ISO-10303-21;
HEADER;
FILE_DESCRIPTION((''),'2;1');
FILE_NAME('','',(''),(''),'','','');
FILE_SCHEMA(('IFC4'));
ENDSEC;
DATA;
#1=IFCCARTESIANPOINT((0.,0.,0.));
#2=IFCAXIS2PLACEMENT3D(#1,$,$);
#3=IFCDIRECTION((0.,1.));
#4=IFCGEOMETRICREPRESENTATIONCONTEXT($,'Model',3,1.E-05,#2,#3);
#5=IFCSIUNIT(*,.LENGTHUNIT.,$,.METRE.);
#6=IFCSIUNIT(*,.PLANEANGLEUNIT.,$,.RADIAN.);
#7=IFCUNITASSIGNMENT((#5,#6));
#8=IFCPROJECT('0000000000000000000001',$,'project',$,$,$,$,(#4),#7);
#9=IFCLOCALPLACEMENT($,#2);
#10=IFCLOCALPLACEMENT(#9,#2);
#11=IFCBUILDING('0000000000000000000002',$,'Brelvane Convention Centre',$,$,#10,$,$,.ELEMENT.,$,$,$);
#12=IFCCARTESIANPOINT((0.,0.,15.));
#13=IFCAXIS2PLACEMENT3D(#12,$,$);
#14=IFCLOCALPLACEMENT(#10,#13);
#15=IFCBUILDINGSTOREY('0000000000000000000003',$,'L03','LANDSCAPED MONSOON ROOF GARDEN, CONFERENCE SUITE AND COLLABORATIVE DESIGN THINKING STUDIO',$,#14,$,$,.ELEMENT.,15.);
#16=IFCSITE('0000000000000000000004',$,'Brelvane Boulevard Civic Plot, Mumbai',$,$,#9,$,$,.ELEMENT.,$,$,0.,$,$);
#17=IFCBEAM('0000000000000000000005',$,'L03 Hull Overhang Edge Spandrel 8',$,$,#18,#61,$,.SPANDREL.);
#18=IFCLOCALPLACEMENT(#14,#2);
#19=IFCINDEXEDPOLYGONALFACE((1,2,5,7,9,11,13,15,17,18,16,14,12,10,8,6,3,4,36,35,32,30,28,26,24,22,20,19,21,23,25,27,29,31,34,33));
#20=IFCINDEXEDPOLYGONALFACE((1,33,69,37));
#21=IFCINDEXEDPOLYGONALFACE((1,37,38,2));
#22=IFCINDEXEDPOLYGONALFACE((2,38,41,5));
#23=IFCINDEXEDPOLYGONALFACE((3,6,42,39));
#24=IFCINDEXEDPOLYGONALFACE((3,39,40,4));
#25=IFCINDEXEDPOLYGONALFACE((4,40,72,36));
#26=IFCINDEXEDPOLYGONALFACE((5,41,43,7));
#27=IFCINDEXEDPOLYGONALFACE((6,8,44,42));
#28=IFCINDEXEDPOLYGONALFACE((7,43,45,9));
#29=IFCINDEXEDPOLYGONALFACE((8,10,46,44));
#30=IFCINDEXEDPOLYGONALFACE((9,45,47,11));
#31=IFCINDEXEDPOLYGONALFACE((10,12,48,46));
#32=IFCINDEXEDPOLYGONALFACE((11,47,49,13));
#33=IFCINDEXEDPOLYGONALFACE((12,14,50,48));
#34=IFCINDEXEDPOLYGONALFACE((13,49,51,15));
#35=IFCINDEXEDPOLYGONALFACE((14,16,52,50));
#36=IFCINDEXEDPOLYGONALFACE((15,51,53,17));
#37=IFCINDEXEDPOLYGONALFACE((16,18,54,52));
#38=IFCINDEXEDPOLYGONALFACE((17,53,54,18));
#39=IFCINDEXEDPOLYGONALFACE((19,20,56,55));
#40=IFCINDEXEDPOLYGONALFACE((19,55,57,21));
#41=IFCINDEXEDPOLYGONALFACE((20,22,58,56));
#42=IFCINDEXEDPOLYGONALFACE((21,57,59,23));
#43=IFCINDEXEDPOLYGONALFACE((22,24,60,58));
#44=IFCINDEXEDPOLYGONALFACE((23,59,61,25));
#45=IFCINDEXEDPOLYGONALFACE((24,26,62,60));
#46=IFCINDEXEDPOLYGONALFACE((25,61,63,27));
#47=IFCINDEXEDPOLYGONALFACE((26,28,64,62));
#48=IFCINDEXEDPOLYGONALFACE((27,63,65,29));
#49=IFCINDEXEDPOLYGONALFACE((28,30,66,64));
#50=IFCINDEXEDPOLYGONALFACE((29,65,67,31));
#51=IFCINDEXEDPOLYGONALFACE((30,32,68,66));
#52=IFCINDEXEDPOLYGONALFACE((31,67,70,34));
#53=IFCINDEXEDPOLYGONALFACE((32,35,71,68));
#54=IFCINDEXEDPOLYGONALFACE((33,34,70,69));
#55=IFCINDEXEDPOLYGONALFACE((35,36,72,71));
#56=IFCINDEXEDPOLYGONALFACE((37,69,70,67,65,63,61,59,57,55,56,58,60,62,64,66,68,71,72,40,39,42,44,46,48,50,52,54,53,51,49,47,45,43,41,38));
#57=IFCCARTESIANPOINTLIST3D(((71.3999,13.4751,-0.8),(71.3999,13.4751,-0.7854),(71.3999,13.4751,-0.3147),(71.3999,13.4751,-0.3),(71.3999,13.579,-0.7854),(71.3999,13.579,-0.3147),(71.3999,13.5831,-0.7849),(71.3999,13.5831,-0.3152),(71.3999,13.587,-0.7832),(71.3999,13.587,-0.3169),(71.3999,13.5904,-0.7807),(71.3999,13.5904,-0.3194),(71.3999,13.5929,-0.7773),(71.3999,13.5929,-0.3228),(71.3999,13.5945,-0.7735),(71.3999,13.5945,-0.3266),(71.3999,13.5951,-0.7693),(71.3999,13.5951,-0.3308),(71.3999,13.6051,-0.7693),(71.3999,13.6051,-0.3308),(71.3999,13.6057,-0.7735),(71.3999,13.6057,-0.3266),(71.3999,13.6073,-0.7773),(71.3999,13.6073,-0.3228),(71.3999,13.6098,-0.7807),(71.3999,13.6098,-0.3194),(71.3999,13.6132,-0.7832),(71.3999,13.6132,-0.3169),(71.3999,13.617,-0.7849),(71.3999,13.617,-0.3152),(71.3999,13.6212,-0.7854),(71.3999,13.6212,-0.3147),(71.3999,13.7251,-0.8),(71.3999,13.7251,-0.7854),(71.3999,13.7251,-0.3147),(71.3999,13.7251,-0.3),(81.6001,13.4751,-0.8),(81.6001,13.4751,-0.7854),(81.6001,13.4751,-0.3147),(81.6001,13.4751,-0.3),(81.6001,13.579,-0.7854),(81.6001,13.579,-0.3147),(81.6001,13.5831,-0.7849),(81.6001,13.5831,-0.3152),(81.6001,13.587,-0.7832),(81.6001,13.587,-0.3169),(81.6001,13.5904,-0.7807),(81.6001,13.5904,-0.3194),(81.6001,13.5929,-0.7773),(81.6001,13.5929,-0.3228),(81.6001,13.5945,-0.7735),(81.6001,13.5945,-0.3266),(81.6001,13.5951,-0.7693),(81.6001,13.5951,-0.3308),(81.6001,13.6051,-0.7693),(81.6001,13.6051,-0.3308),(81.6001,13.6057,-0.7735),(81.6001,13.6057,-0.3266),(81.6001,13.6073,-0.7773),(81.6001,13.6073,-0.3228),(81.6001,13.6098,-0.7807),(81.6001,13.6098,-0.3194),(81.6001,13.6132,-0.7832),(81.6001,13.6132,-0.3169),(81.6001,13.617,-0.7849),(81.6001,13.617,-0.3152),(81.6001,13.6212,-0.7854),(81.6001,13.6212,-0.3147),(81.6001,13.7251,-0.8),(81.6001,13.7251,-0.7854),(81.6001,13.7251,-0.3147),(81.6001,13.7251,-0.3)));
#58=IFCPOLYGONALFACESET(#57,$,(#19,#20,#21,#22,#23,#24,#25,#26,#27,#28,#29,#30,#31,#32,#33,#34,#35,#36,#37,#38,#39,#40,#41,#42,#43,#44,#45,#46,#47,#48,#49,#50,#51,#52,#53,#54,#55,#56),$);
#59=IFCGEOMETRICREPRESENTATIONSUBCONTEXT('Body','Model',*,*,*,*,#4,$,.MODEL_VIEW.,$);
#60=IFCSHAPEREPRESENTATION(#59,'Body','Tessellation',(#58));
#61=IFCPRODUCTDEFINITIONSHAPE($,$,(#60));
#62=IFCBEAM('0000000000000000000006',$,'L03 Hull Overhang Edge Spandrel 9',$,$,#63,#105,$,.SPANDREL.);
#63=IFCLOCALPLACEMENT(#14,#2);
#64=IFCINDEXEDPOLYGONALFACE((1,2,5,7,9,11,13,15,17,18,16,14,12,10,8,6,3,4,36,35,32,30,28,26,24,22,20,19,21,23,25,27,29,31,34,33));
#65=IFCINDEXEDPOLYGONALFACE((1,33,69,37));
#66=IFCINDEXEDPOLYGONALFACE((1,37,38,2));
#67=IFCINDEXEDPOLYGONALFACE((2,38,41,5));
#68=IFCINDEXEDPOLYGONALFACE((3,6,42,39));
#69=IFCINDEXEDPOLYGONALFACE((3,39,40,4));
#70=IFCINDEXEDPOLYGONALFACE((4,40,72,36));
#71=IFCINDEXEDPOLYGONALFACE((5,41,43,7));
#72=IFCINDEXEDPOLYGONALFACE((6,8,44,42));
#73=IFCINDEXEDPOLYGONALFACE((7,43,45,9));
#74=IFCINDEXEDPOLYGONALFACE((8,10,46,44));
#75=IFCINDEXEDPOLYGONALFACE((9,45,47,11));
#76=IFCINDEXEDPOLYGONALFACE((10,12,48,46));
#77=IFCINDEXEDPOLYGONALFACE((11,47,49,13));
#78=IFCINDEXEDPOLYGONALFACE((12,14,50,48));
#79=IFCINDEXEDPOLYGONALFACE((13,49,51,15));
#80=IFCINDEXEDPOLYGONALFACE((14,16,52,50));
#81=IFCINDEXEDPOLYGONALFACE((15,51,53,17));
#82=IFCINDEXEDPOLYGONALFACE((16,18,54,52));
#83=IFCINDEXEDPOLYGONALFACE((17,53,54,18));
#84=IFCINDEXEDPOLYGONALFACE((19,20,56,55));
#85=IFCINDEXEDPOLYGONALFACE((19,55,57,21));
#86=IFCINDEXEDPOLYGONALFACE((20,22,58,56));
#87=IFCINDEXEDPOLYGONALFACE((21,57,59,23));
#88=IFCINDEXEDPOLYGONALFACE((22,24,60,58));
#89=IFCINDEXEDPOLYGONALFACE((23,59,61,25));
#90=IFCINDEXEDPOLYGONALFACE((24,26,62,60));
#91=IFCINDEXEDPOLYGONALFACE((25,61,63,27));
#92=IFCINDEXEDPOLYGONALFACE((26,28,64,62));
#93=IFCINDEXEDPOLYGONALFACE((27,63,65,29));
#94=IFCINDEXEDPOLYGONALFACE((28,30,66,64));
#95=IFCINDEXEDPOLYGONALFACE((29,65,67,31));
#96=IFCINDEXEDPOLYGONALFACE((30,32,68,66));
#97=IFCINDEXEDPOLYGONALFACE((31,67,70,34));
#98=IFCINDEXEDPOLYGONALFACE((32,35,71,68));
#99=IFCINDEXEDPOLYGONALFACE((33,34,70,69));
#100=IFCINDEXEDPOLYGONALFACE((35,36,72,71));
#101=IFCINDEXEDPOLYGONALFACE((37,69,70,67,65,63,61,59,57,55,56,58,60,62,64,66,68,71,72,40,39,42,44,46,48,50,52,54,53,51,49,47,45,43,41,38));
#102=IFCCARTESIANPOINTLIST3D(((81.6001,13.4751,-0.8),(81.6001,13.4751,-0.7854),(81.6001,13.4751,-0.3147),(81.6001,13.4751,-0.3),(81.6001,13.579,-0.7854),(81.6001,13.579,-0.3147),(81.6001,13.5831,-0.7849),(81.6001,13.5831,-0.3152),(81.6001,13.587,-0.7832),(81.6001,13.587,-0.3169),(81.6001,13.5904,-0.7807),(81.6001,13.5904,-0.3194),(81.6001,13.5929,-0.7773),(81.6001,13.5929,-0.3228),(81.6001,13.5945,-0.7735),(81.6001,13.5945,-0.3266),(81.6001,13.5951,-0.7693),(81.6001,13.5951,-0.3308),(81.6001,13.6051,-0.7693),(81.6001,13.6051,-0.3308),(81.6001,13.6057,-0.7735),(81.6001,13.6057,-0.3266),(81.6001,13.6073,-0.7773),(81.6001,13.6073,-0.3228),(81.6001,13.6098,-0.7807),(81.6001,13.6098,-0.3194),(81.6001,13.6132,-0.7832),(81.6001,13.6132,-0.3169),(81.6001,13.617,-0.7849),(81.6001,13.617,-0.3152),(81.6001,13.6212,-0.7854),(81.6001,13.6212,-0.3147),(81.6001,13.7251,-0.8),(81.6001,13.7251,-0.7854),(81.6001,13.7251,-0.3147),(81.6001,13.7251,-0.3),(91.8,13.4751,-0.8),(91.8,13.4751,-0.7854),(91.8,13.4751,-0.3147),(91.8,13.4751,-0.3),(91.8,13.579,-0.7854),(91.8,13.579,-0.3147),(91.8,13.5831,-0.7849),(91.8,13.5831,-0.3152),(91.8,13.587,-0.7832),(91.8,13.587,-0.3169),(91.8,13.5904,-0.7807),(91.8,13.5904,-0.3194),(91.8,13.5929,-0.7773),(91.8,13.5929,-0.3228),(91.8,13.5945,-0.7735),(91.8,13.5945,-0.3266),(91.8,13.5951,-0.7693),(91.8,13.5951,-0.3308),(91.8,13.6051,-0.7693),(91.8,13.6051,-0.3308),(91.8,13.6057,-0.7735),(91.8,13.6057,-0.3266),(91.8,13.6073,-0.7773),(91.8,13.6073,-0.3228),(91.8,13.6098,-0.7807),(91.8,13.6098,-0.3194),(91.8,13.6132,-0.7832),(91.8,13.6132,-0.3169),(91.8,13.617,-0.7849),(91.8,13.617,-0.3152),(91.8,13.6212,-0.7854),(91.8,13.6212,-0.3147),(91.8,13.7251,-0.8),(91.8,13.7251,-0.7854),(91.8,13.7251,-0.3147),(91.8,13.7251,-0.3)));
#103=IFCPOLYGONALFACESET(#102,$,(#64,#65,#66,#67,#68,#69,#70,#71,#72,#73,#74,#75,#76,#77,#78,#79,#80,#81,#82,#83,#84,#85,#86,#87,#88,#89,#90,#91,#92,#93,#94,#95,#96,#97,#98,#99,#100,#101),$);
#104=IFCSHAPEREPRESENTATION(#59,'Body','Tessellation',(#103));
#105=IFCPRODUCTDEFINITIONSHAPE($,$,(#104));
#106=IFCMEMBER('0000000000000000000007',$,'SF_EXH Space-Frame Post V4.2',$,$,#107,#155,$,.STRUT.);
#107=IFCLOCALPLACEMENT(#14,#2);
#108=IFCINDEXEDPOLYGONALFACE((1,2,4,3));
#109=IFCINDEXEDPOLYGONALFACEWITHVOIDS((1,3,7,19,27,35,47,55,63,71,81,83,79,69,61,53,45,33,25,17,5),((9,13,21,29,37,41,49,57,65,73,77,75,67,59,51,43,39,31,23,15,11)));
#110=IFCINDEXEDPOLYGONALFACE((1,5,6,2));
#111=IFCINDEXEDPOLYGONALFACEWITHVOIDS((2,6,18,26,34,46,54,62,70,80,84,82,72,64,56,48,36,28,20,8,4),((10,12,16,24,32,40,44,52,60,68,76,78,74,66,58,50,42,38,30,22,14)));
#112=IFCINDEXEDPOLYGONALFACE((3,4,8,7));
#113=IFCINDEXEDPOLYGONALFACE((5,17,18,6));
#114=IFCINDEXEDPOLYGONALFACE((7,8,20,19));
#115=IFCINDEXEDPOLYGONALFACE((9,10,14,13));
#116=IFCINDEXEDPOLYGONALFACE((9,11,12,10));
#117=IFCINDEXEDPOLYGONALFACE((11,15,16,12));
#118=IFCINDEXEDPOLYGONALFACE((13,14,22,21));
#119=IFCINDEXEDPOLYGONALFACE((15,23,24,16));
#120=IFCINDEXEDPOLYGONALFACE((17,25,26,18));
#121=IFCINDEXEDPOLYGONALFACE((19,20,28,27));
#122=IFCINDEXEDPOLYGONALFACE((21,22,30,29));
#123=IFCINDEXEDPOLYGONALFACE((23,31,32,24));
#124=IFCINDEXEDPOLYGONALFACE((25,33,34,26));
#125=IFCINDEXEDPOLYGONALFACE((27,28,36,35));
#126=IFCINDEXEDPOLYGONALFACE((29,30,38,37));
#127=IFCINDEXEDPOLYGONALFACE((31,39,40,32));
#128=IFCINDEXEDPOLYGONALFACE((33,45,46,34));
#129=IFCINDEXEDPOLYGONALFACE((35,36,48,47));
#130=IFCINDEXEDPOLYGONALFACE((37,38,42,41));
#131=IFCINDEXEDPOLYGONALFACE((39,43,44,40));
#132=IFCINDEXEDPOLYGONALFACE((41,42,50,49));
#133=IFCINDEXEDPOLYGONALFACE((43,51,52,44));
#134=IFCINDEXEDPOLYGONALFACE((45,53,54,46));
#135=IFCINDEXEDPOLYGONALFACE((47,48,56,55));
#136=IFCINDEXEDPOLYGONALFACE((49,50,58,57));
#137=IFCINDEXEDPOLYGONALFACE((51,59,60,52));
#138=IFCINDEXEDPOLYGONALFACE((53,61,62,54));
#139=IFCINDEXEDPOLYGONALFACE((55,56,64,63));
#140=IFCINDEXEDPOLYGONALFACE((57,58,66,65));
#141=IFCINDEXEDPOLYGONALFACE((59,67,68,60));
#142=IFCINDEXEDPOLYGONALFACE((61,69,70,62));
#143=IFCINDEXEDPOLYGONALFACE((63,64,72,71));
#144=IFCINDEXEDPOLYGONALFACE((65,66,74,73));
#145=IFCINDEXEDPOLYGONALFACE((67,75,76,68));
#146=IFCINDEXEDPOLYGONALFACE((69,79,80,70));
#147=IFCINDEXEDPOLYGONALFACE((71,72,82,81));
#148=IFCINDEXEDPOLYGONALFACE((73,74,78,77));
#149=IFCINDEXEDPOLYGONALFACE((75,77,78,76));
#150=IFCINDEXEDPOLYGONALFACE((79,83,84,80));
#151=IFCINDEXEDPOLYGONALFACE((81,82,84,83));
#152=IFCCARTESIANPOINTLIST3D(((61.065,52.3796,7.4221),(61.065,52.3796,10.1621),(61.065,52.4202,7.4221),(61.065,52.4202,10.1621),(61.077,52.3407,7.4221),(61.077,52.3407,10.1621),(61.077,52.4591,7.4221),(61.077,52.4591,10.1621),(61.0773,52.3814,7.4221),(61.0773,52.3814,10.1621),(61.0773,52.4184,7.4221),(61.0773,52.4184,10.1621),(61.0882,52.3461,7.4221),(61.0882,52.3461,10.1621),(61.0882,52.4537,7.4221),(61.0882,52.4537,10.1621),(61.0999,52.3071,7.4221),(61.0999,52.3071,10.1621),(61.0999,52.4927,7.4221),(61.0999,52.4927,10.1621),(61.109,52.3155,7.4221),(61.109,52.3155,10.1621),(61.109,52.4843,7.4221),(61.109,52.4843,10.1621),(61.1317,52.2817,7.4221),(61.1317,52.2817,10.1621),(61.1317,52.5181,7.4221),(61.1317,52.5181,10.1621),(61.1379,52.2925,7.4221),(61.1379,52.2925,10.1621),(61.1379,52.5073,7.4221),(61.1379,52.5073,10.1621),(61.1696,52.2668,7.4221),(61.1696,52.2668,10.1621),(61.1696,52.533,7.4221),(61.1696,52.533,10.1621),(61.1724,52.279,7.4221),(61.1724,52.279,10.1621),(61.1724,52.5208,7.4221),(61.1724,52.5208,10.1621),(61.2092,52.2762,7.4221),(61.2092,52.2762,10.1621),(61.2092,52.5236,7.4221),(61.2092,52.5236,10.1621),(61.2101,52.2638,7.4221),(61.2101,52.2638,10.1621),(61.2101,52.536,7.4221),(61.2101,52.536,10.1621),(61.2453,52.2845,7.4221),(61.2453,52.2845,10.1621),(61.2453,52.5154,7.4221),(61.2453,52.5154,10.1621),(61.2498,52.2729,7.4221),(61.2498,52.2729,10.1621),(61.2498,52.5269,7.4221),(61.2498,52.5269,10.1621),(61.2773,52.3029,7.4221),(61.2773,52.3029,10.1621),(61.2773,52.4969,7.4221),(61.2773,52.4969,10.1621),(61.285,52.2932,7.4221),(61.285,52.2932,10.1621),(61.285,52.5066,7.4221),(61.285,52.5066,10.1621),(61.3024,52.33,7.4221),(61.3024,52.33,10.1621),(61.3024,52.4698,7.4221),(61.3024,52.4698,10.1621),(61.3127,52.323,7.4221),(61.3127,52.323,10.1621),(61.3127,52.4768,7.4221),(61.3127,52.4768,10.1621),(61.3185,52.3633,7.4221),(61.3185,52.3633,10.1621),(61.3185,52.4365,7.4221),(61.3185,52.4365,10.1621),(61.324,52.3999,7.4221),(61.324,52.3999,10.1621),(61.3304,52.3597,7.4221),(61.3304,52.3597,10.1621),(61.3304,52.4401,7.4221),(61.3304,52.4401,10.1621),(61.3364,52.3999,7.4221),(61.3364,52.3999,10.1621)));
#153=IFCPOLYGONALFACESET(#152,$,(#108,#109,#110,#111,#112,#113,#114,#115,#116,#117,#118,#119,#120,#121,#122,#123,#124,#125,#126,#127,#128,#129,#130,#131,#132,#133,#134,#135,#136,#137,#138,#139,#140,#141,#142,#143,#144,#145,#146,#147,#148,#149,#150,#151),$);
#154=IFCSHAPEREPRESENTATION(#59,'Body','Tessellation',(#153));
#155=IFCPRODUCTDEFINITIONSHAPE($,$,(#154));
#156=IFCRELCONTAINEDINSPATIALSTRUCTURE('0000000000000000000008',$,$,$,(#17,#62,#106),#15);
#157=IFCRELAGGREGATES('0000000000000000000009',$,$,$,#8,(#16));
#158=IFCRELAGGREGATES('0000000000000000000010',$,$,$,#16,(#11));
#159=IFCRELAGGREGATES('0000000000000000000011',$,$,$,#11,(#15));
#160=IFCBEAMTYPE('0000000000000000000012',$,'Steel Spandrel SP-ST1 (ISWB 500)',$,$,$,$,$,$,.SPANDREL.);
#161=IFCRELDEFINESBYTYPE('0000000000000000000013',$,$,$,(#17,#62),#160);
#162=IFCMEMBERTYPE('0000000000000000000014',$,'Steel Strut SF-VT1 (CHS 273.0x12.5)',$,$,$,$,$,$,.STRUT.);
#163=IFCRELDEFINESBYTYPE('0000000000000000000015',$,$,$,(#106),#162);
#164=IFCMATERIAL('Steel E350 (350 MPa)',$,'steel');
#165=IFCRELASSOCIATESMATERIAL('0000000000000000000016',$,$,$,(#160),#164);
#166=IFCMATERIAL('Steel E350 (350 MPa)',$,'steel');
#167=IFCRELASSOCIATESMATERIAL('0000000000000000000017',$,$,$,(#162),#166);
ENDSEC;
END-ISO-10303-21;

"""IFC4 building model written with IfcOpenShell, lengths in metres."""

from ifc_helpers import new_model, si_unit, direction, frame, origin, origin_2d, place, context, subcontext, project, spatial, hollow_circle, i_section, extrude, material, material_profile, profile_set, type_object, element, save


model = new_model("IFC4")

# Units and contexts
model_context = context("Model", 3, precision=1e-05, world=origin(), true_north=direction((0.0, 1.0)))
body_context = subcontext(model_context, "Body", "Model", "MODEL_VIEW")
ifc_project = project(units=[si_unit("LENGTHUNIT", "METRE"), si_unit("PLANEANGLEUNIT", "RADIAN")], contexts=[model_context])

# Site, building, storey
site_placement = place(None, origin())
site = spatial("IfcSite", under=ifc_project, at=site_placement, Name="Brelvane Boulevard Civic Plot, Mumbai", CompositionType="ELEMENT", RefElevation=0.0)
building_placement = place(site_placement, origin())
building = spatial("IfcBuilding", under=site, at=building_placement, Name="Brelvane Convention Centre", CompositionType="ELEMENT")
storey_placement = place(building_placement, frame((0.0, 0.0, 15.0)))
storey = spatial("IfcBuildingStorey", under=building, at=storey_placement, Name="L03", Description="LANDSCAPED MONSOON ROOF GARDEN, CONFERENCE SUITE AND COLLABORATIVE DESIGN THINKING STUDIO", CompositionType="ELEMENT", Elevation=15.0)

# Beams
ifc_material_1 = material(Name="Steel E350 (350 MPa)", Category="steel")
ifc_material_profile_1 = material_profile(ifc_material_1, i_section(OverallWidth=0.25, OverallDepth=0.5, WebThickness=0.01, FlangeThickness=0.0146, FilletRadius=0.0161, at=origin_2d()), Name="ISWB 500")
ifc_profile_set_1 = profile_set([ifc_material_profile_1], Name="Steel E350 (350 MPa)")
beam_type_1 = type_object("IfcBeamType", Name="Steel Spandrel SP-ST1 (ISWB 500)", PredefinedType="SPANDREL", material=ifc_profile_set_1)
beam_1_placement = place(storey_placement, frame((71.3999, 13.6001, -0.55), z_axis=(1.0, 0.0, 0.0), x_axis=(0.0, 1.0, 0.0)))
element("IfcBeam", 1, at=beam_1_placement, inside=storey, type_object=beam_type_1, Name="L03 Hull Overhang Edge Spandrel 8", PredefinedType="SPANDREL", context=body_context, shape_type="SweptSolid", body=[
    extrude(i_section(OverallWidth=0.25, OverallDepth=0.5, WebThickness=0.01, FlangeThickness=0.0146, FilletRadius=0.0161, at=origin_2d()), origin(), (0.0, 0.0, 1.0), 10.2002),
])
beam_2_placement = place(storey_placement, frame((81.6001, 13.6001, -0.55), z_axis=(1.0, 0.0, 0.0), x_axis=(0.0, 1.0, 0.0)))
element("IfcBeam", 2, at=beam_2_placement, inside=storey, type_object=beam_type_1, Name="L03 Hull Overhang Edge Spandrel 9", PredefinedType="SPANDREL", context=body_context, shape_type="SweptSolid", body=[
    extrude(i_section(OverallWidth=0.25, OverallDepth=0.5, WebThickness=0.01, FlangeThickness=0.0146, FilletRadius=0.0161, at=origin_2d()), origin(), (0.0, 0.0, 1.0), 10.2),
])

# Member
ifc_material_2 = material(Name="Steel E350 (350 MPa)", Category="steel")
ifc_material_profile_2 = material_profile(ifc_material_2, hollow_circle(Radius=0.1365, WallThickness=0.0125, at=origin_2d()), Name="CHS 273.0x12.5")
ifc_profile_set_2 = profile_set([ifc_material_profile_2], Name="Steel E350 (350 MPa)")
member_type_1 = type_object("IfcMemberType", Name="Steel Strut SF-VT1 (CHS 273.0x12.5)", PredefinedType="STRUT", material=ifc_profile_set_2)
member_1_placement = place(storey_placement, frame((61.2, 52.3999, 7.4221), z_axis=(0.0, 0.0, 1.0), x_axis=(1.0, 0.0, 0.0)))
element("IfcMember", 3, at=member_1_placement, inside=storey, type_object=member_type_1, Name="SF_EXH Space-Frame Post V4.2", PredefinedType="STRUT", context=body_context, shape_type="SweptSolid", body=[
    extrude(hollow_circle(Radius=0.1365, WallThickness=0.0125, at=origin_2d()), origin(), (0.0, 0.0, 1.0), 2.74),
])

save(model, "model.ifc")
